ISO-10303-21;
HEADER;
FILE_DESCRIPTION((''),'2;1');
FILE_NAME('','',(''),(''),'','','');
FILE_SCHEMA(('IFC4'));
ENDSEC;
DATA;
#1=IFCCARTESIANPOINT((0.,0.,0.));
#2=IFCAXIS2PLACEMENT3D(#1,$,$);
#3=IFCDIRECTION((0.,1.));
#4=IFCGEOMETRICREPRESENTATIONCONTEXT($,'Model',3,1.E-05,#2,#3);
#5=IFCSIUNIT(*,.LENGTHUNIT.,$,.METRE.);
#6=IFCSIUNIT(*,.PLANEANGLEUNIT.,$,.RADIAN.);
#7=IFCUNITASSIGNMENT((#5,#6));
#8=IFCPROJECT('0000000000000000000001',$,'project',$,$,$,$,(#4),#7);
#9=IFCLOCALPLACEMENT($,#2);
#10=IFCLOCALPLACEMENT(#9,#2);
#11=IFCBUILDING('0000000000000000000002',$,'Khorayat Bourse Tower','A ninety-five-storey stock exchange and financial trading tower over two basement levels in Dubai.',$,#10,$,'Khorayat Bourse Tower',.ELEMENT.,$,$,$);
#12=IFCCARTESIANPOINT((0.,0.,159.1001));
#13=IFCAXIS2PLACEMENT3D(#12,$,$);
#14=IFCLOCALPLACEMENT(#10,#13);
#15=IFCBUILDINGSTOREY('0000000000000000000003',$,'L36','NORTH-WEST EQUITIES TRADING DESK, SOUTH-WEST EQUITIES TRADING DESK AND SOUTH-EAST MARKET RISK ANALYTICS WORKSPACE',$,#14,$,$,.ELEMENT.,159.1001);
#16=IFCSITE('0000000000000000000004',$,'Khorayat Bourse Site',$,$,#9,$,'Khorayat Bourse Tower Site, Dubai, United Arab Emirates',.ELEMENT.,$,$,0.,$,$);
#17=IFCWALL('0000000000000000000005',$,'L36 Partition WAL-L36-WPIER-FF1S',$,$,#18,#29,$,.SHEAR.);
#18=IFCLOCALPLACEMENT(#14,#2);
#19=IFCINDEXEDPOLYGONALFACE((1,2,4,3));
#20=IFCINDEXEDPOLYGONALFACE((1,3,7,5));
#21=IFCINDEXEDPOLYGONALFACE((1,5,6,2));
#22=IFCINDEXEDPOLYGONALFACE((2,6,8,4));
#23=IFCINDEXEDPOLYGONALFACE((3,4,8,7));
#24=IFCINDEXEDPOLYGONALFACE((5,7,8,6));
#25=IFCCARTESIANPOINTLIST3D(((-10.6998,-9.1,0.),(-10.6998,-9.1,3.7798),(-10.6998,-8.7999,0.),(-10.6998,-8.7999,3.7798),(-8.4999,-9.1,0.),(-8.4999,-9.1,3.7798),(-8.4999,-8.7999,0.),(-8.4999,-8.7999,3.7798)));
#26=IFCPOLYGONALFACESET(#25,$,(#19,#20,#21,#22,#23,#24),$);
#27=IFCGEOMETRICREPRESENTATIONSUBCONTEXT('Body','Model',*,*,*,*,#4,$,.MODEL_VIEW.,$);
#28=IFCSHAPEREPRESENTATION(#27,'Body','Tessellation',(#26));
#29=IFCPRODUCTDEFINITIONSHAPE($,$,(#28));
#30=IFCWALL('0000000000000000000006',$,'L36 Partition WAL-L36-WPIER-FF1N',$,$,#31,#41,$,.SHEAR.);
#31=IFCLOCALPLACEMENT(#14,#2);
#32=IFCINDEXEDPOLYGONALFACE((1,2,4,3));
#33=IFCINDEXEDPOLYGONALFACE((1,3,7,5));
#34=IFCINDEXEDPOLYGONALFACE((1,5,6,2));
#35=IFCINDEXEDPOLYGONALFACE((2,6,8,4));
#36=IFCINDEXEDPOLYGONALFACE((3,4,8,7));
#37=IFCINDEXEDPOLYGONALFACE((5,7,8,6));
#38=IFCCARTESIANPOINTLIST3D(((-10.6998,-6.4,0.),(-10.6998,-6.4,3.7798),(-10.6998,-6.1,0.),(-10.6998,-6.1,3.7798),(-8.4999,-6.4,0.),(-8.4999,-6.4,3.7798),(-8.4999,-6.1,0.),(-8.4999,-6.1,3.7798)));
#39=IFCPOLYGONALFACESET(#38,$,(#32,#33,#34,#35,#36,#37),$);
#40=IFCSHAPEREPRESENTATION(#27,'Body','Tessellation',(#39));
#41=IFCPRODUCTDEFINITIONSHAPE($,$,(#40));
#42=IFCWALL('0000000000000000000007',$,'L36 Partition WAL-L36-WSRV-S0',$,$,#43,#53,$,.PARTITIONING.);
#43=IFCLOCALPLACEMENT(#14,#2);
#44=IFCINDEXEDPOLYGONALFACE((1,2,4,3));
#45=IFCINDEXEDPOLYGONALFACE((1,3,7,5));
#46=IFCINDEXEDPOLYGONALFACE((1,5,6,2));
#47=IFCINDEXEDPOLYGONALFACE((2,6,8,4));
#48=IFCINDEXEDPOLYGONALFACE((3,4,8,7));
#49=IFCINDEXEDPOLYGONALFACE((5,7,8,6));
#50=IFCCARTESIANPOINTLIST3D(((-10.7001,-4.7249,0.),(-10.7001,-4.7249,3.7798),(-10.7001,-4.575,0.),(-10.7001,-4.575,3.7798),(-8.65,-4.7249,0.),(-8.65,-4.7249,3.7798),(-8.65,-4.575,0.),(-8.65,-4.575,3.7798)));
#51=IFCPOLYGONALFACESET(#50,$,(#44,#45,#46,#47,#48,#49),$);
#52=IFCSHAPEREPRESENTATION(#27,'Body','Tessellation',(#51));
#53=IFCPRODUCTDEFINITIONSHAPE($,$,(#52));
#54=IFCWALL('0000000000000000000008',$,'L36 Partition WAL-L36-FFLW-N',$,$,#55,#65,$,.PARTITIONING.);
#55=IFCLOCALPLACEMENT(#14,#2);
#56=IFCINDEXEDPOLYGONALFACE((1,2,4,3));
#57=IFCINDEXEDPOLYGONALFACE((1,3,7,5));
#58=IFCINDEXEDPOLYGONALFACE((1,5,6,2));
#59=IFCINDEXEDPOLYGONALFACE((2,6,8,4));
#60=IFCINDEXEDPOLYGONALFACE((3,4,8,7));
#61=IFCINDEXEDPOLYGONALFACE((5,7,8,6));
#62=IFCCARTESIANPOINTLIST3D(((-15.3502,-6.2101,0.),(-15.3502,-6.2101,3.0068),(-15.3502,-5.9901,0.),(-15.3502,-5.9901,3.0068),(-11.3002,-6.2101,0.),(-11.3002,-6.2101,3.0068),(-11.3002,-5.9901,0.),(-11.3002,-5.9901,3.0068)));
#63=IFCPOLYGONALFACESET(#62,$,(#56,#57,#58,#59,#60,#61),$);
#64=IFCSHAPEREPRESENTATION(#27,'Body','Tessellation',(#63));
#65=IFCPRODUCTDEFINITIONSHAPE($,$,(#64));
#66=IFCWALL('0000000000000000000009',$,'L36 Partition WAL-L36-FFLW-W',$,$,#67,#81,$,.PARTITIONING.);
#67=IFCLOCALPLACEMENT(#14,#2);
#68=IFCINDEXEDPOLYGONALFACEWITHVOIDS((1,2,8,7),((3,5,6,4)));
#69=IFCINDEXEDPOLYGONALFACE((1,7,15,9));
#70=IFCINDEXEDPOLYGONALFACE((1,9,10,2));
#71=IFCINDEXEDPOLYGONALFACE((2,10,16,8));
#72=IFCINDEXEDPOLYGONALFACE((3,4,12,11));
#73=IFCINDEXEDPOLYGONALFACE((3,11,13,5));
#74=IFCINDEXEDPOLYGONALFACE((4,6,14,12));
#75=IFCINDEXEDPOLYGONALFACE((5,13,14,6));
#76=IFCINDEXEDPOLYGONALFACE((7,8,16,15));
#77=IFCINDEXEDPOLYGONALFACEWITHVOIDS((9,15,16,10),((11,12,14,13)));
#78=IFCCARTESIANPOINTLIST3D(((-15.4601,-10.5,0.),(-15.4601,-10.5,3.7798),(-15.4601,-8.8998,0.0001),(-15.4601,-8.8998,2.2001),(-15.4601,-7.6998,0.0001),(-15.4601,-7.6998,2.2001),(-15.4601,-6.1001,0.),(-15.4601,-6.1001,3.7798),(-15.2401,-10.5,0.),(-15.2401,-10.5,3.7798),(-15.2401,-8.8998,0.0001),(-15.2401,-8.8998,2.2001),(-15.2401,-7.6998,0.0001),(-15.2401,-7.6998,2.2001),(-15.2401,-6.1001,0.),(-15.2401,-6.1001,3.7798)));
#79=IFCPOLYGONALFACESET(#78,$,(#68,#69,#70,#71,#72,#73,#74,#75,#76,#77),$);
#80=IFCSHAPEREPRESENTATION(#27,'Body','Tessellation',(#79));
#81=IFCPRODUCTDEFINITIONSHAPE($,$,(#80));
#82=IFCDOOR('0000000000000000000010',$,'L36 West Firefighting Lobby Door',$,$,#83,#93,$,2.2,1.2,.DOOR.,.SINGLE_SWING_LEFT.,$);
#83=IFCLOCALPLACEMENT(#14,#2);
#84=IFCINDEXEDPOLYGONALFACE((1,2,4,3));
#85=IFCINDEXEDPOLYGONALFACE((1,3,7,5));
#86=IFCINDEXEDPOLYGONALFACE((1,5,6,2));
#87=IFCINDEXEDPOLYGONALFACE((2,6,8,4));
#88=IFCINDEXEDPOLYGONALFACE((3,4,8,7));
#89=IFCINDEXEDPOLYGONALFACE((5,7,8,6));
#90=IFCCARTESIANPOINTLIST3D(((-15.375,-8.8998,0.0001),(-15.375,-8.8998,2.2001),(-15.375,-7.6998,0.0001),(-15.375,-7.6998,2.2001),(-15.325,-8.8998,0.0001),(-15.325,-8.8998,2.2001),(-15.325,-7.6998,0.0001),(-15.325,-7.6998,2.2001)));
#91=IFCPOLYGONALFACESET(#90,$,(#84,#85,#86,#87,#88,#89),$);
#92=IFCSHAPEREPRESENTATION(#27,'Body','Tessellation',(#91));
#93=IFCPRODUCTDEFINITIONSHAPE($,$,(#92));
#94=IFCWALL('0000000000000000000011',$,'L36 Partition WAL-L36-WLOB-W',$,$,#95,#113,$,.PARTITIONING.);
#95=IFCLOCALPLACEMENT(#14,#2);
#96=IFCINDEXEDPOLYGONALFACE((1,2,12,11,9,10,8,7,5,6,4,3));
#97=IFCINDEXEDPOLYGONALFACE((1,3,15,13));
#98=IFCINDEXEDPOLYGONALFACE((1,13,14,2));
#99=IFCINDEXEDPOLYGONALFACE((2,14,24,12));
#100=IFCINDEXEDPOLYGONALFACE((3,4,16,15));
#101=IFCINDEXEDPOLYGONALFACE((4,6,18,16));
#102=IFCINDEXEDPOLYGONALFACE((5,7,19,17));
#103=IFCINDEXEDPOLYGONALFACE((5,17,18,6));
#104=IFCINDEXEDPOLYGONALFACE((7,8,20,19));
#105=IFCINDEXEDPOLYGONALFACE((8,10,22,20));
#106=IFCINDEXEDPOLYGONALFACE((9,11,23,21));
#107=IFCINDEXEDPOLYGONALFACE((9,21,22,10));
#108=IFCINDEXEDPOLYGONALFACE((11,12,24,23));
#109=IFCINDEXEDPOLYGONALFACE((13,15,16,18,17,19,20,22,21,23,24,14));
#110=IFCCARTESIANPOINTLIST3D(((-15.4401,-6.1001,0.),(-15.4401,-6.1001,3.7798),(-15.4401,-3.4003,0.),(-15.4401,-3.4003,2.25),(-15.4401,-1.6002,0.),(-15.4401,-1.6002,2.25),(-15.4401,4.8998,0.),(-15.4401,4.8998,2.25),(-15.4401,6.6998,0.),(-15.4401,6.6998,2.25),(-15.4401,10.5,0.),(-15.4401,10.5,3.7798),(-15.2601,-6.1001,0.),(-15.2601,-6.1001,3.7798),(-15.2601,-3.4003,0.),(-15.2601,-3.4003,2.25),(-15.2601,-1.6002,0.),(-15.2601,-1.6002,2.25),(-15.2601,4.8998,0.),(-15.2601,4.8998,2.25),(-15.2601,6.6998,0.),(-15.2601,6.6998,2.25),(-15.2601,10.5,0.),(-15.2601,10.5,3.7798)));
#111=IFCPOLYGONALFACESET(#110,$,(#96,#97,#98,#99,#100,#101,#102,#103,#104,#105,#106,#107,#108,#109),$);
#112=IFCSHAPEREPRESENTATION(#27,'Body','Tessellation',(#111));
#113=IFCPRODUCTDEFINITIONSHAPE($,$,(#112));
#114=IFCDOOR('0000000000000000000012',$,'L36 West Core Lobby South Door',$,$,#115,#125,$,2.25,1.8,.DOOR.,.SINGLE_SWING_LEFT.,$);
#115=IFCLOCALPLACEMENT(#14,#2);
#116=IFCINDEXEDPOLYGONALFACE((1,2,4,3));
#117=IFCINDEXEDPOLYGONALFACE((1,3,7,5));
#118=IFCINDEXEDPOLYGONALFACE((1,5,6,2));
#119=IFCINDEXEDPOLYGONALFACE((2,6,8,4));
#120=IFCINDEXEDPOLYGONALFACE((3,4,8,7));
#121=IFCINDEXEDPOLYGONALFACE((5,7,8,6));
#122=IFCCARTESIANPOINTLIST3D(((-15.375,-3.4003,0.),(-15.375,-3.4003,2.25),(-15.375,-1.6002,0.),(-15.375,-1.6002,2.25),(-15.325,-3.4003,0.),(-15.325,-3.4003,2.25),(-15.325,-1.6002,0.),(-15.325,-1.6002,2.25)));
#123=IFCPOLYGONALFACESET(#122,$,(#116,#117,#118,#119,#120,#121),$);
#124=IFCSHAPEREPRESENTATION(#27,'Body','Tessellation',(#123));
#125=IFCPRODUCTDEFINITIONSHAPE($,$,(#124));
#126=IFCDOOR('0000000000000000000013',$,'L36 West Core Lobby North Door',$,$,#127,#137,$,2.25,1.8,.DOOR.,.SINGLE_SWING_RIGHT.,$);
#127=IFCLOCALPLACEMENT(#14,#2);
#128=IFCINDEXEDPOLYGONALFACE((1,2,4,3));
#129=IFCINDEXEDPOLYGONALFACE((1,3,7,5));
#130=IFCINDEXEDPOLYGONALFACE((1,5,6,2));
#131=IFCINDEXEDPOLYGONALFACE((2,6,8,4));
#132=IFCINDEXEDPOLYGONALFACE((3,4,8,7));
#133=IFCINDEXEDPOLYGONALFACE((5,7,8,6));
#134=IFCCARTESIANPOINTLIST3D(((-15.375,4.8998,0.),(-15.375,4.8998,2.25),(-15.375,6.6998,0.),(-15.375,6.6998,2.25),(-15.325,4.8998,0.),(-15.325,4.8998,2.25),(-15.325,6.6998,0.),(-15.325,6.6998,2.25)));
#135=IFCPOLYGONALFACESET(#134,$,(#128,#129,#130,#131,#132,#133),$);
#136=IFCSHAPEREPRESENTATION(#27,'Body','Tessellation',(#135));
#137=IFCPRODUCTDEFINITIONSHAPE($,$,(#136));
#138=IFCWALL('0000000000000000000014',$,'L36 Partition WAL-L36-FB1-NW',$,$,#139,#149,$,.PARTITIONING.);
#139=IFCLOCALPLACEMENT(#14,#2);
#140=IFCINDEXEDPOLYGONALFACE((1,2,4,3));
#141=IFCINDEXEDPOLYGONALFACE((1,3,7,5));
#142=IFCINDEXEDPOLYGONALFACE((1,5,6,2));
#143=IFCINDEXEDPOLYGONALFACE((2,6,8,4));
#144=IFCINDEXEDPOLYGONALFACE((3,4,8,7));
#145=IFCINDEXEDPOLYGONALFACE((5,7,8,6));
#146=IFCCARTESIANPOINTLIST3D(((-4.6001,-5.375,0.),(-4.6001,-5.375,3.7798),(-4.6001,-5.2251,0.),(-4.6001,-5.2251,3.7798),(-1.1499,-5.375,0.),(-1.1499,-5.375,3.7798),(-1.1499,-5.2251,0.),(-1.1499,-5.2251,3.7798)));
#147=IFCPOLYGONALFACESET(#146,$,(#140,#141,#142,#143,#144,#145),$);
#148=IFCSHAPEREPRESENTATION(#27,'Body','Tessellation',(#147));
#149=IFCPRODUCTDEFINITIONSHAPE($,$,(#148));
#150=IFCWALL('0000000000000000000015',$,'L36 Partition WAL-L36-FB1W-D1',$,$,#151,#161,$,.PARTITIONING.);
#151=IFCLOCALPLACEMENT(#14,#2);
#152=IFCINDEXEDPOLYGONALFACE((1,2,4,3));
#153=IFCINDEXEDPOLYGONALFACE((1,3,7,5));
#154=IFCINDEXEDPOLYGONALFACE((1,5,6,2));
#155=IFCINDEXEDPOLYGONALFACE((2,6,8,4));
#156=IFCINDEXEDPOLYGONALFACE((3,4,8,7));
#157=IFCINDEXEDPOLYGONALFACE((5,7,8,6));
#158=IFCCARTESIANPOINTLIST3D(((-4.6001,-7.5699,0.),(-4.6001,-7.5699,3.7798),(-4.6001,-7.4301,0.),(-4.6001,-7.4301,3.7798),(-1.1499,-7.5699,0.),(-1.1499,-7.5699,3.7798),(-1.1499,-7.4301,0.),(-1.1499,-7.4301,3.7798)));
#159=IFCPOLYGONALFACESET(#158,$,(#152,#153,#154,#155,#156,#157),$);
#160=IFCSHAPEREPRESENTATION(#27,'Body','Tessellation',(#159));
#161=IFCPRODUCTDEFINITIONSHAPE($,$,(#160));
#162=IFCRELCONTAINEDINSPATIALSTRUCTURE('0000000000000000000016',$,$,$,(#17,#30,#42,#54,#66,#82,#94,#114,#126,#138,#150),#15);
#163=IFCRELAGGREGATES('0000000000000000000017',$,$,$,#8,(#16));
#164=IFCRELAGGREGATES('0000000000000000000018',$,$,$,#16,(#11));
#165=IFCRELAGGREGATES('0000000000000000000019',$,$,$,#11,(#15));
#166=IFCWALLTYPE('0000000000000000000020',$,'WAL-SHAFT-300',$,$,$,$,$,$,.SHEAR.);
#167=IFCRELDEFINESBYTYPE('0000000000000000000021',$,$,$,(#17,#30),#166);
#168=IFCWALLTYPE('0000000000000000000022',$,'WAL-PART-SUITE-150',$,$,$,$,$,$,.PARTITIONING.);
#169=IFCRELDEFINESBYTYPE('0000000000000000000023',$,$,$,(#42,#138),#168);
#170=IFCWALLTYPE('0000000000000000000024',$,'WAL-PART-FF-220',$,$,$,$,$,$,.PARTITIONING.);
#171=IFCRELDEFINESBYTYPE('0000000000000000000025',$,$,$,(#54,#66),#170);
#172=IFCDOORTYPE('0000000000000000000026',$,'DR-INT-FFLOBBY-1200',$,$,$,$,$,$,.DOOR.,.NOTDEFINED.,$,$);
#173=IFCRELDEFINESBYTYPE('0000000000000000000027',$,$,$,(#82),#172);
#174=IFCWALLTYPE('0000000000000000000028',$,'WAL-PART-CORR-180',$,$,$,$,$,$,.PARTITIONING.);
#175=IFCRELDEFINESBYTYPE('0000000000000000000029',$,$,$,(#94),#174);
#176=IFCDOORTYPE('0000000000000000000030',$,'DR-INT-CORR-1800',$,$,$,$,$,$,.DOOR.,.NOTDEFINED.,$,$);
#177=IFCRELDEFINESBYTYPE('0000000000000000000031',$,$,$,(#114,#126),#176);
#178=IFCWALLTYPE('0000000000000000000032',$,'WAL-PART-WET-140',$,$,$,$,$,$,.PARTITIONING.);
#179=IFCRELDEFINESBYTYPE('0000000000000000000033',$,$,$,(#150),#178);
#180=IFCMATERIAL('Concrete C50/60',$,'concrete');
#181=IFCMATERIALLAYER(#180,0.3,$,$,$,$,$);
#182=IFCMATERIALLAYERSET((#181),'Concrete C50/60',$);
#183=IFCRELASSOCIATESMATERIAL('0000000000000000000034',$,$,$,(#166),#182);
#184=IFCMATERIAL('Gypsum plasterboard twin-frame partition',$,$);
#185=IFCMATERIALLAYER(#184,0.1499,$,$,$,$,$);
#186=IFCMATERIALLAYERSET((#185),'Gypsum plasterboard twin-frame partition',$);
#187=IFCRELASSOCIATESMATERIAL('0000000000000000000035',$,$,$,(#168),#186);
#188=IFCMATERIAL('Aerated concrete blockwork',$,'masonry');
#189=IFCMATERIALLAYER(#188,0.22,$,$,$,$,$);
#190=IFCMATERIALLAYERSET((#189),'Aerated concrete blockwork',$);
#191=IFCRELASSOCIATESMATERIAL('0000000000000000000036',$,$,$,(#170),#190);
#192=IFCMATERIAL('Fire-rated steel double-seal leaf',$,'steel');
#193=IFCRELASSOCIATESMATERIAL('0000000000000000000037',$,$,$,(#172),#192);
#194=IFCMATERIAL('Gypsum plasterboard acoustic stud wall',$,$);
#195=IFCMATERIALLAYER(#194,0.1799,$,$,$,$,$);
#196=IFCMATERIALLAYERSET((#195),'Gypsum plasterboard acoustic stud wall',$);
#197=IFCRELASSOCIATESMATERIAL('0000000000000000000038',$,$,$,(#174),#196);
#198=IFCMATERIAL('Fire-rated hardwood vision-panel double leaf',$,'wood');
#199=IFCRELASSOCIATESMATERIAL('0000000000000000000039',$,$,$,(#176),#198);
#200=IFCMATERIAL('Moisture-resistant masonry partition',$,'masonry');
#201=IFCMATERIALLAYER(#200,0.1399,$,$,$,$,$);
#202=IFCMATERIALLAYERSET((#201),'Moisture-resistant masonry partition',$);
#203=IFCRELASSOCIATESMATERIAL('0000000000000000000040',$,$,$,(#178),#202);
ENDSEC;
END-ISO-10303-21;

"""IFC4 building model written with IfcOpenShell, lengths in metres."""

from ifc_helpers import new_model, si_unit, direction, frame, frame_2d, origin, place, context, subcontext, project, spatial, rectangle, extrude, source, transform, mapped, material, layer, layer_set, type_object, element, fill, save


model = new_model("IFC4")

# Units and contexts
model_context = context("Model", 3, precision=1e-05, world=origin(), true_north=direction((0.0, 1.0)))
body_context = subcontext(model_context, "Body", "Model", "MODEL_VIEW")
ifc_project = project(units=[si_unit("LENGTHUNIT", "METRE"), si_unit("PLANEANGLEUNIT", "RADIAN")], contexts=[model_context])

# Site, building, storey
site_placement = place(None, origin())
site = spatial("IfcSite", under=ifc_project, at=site_placement, Name="Khorayat Bourse Site", LongName="Khorayat Bourse Tower Site, Dubai, United Arab Emirates", CompositionType="ELEMENT", RefElevation=0.0)
building_placement = place(site_placement, origin())
building = spatial("IfcBuilding", under=site, at=building_placement, Name="Khorayat Bourse Tower", Description="A ninety-five-storey stock exchange and financial trading tower over two basement levels in Dubai.", LongName="Khorayat Bourse Tower", CompositionType="ELEMENT")
storey_placement = place(building_placement, frame((0.0, 0.0, 159.1001)))
storey = spatial("IfcBuildingStorey", under=building, at=storey_placement, Name="L36", Description="NORTH-WEST EQUITIES TRADING DESK, SOUTH-WEST EQUITIES TRADING DESK AND SOUTH-EAST MARKET RISK ANALYTICS WORKSPACE", CompositionType="ELEMENT", Elevation=159.1001)

# Walls
ifc_material_1 = material(Name="Concrete C50/60", Category="concrete")
ifc_layer_1 = layer(ifc_material_1, 0.3)
ifc_layer_set_1 = layer_set([ifc_layer_1], Name="Concrete C50/60")
wall_type_1 = type_object("IfcWallType", Name="WAL-SHAFT-300", PredefinedType="SHEAR", material=ifc_layer_set_1)
shared_shape_1 = source(origin(), body_context, "Body", "SweptSolid", [
    extrude(rectangle(XDim=2.2, YDim=0.3, at=frame_2d((1.1001, 0.0))), origin(), (0.0, 0.0, 1.0), 3.7798),
])
for number, where, z_axis, x_axis, name in (
    (1, (-10.7, -8.95, 0.0), (0.0, 0.0, 1.0), (1.0, 0.0, 0.0), "L36 Partition WAL-L36-WPIER-FF1S"),
    (2, (-10.7, -6.25, 0.0), (0.0, 0.0, 1.0), (1.0, 0.0, 0.0), "L36 Partition WAL-L36-WPIER-FF1N"),
):
    element("IfcWall", number, at=place(storey_placement, frame(where, z_axis=z_axis, x_axis=x_axis)), inside=storey, type_object=wall_type_1, Name=name, PredefinedType="SHEAR", context=body_context, shape_type="MappedRepresentation", body=[
        mapped(shared_shape_1, transform((0.0, 0.0, 0.0), scale=1.0)),
    ])
ifc_material_2 = material(Name="Gypsum plasterboard twin-frame partition")
ifc_layer_2 = layer(ifc_material_2, 0.1499)
ifc_layer_set_2 = layer_set([ifc_layer_2], Name="Gypsum plasterboard twin-frame partition")
wall_type_2 = type_object("IfcWallType", Name="WAL-PART-SUITE-150", PredefinedType="PARTITIONING", material=ifc_layer_set_2)
shared_shape_2 = source(origin(), body_context, "Body", "SweptSolid", [
    extrude(rectangle(XDim=2.05, YDim=0.1499, at=frame_2d((1.0249, 0.0))), origin(), (0.0, 0.0, 1.0), 3.7798),
])
wall_1_placement = place(storey_placement, frame((-10.7, -4.6499, 0.0), z_axis=(0.0, 0.0, 1.0), x_axis=(1.0, 0.0, 0.0)))
element("IfcWall", 3, at=wall_1_placement, inside=storey, type_object=wall_type_2, Name="L36 Partition WAL-L36-WSRV-S0", PredefinedType="PARTITIONING", context=body_context, shape_type="MappedRepresentation", body=[
    mapped(shared_shape_2, transform((0.0, 0.0, 0.0), scale=1.0)),
])
ifc_material_3 = material(Name="Aerated concrete blockwork", Category="masonry")
ifc_layer_3 = layer(ifc_material_3, 0.22)
ifc_layer_set_3 = layer_set([ifc_layer_3], Name="Aerated concrete blockwork")
wall_type_3 = type_object("IfcWallType", Name="WAL-PART-FF-220", PredefinedType="PARTITIONING", material=ifc_layer_set_3)
shared_shape_3 = source(origin(), body_context, "Body", "SweptSolid", [
    extrude(rectangle(XDim=4.05, YDim=0.22, at=frame_2d((2.0249, 0.0))), origin(), (0.0, 0.0, 1.0), 3.0068),
])
wall_2_placement = place(storey_placement, frame((-15.3501, -6.1001, 0.0), z_axis=(0.0, 0.0, 1.0), x_axis=(1.0, 0.0, 0.0)))
element("IfcWall", 4, at=wall_2_placement, inside=storey, type_object=wall_type_3, Name="L36 Partition WAL-L36-FFLW-N", PredefinedType="PARTITIONING", context=body_context, shape_type="MappedRepresentation", body=[
    mapped(shared_shape_3, transform((0.0, 0.0, 0.0), scale=1.0)),
])

# Wall, opening, door
shared_shape_4 = source(origin(), body_context, "Body", "SweptSolid", [
    extrude(rectangle(XDim=4.3999, YDim=0.22, at=frame_2d((2.2, 0.0))), origin(), (0.0, 0.0, 1.0), 3.7798),
])
wall_3_placement = place(storey_placement, frame((-15.3501, -10.5, 0.0), z_axis=(0.0, 0.0, 1.0), x_axis=(0.0, 1.0, 0.0)))
wall_3 = element("IfcWall", 5, at=wall_3_placement, inside=storey, type_object=wall_type_3, Name="L36 Partition WAL-L36-FFLW-W", PredefinedType="PARTITIONING", context=body_context, shape_type="MappedRepresentation", body=[
    mapped(shared_shape_4, transform((0.0, 0.0, 0.0), scale=1.0)),
])
shared_shape_5 = source(origin(), body_context, "Body", "SweptSolid", [
    extrude(rectangle(XDim=1.2, YDim=2.2, at=frame_2d((0.6001, 1.1001))), frame((0.0, 0.1199, 0.0), z_axis=(0.0, -1.0, 0.0), x_axis=(1.0, 0.0, 0.0)), (0.0, 0.0, 1.0), 0.24),
])
opening_1_placement = place(wall_3_placement, frame((1.6001, 0.0, 0.0)))
opening_1 = element("IfcOpeningElement", 6, at=opening_1_placement, cuts=wall_3, PredefinedType="OPENING", context=body_context, shape_type="MappedRepresentation", body=[
    mapped(shared_shape_5, transform((0.0, 0.0, 0.0), scale=1.0)),
])
ifc_material_4 = material(Name="Fire-rated steel double-seal leaf", Category="steel")
door_type_1 = type_object("IfcDoorType", Name="DR-INT-FFLOBBY-1200", OperationType="NOTDEFINED", PredefinedType="DOOR", material=ifc_material_4)
shared_shape_6 = source(origin(), body_context, "Body", "SweptSolid", [
    extrude(rectangle(XDim=1.2, YDim=2.2, at=frame_2d((0.6001, 1.1001))), frame((0.0, 0.0249, 0.0), z_axis=(0.0, -1.0, 0.0), x_axis=(1.0, 0.0, 0.0)), (0.0, 0.0, 1.0), 0.05),
])
door_1_placement = place(opening_1_placement, origin())
door_1 = element("IfcDoor", 7, at=door_1_placement, inside=storey, type_object=door_type_1, Name="L36 West Firefighting Lobby Door", OperationType="SINGLE_SWING_LEFT", OverallHeight=2.2, OverallWidth=1.2, PredefinedType="DOOR", context=body_context, shape_type="MappedRepresentation", body=[
    mapped(shared_shape_6, transform((0.0, 0.0, 0.0), scale=1.0)),
])
fill(opening_1, door_1)

# Wall, openings, doors
ifc_material_5 = material(Name="Gypsum plasterboard acoustic stud wall")
ifc_layer_4 = layer(ifc_material_5, 0.1799)
ifc_layer_set_4 = layer_set([ifc_layer_4], Name="Gypsum plasterboard acoustic stud wall")
wall_type_4 = type_object("IfcWallType", Name="WAL-PART-CORR-180", PredefinedType="PARTITIONING", material=ifc_layer_set_4)
shared_shape_7 = source(origin(), body_context, "Body", "SweptSolid", [
    extrude(rectangle(XDim=16.6001, YDim=0.1799, at=frame_2d((8.3, 0.0))), origin(), (0.0, 0.0, 1.0), 3.7798),
])
wall_4_placement = place(storey_placement, frame((-15.3501, -6.1001, 0.0), z_axis=(0.0, 0.0, 1.0), x_axis=(0.0, 1.0, 0.0)))
wall_4 = element("IfcWall", 8, at=wall_4_placement, inside=storey, type_object=wall_type_4, Name="L36 Partition WAL-L36-WLOB-W", PredefinedType="PARTITIONING", context=body_context, shape_type="MappedRepresentation", body=[
    mapped(shared_shape_7, transform((0.0, 0.0, 0.0), scale=1.0)),
])
shared_shape_8 = source(origin(), body_context, "Body", "SweptSolid", [
    extrude(rectangle(XDim=1.8, YDim=2.25, at=frame_2d((0.8999, 1.125))), frame((0.0, 0.0999, 0.0), z_axis=(0.0, -1.0, 0.0), x_axis=(1.0, 0.0, 0.0)), (0.0, 0.0, 1.0), 0.2),
])
opening_2_placement = place(wall_4_placement, frame((2.7, 0.0, 0.0)))
opening_2 = element("IfcOpeningElement", 9, at=opening_2_placement, cuts=wall_4, PredefinedType="OPENING", context=body_context, shape_type="MappedRepresentation", body=[
    mapped(shared_shape_8, transform((0.0, 0.0, 0.0), scale=1.0)),
])
opening_3_placement = place(wall_4_placement, frame((11.0, 0.0, 0.0)))
opening_3 = element("IfcOpeningElement", 10, at=opening_3_placement, cuts=wall_4, PredefinedType="OPENING", context=body_context, shape_type="MappedRepresentation", body=[
    mapped(shared_shape_8, transform((0.0, 0.0, 0.0), scale=1.0)),
])
ifc_material_6 = material(Name="Fire-rated hardwood vision-panel double leaf", Category="wood")
door_type_2 = type_object("IfcDoorType", Name="DR-INT-CORR-1800", OperationType="NOTDEFINED", PredefinedType="DOOR", material=ifc_material_6)
shared_shape_9 = source(origin(), body_context, "Body", "SweptSolid", [
    extrude(rectangle(XDim=1.8, YDim=2.25, at=frame_2d((0.8999, 1.125))), frame((0.0, 0.0249, 0.0), z_axis=(0.0, -1.0, 0.0), x_axis=(1.0, 0.0, 0.0)), (0.0, 0.0, 1.0), 0.05),
])
door_2_placement = place(opening_2_placement, origin())
door_2 = element("IfcDoor", 11, at=door_2_placement, inside=storey, type_object=door_type_2, Name="L36 West Core Lobby South Door", OperationType="SINGLE_SWING_LEFT", OverallHeight=2.25, OverallWidth=1.8, PredefinedType="DOOR", context=body_context, shape_type="MappedRepresentation", body=[
    mapped(shared_shape_9, transform((0.0, 0.0, 0.0), scale=1.0)),
])
fill(opening_2, door_2)
door_3_placement = place(opening_3_placement, origin())
door_3 = element("IfcDoor", 12, at=door_3_placement, inside=storey, type_object=door_type_2, Name="L36 West Core Lobby North Door", OperationType="SINGLE_SWING_RIGHT", OverallHeight=2.25, OverallWidth=1.8, PredefinedType="DOOR", context=body_context, shape_type="MappedRepresentation", body=[
    mapped(shared_shape_9, transform((0.0, 0.0, 0.0), scale=1.0)),
])
fill(opening_3, door_3)

# Walls
shared_shape_10 = source(origin(), body_context, "Body", "SweptSolid", [
    extrude(rectangle(XDim=3.4502, YDim=0.1499, at=frame_2d((1.7251, 0.0))), origin(), (0.0, 0.0, 1.0), 3.7798),
])
wall_5_placement = place(storey_placement, frame((-4.6001, -5.3, 0.0), z_axis=(0.0, 0.0, 1.0), x_axis=(1.0, 0.0, 0.0)))
element("IfcWall", 13, at=wall_5_placement, inside=storey, type_object=wall_type_2, Name="L36 Partition WAL-L36-FB1-NW", PredefinedType="PARTITIONING", context=body_context, shape_type="MappedRepresentation", body=[
    mapped(shared_shape_10, transform((0.0, 0.0, 0.0), scale=1.0)),
])
ifc_material_7 = material(Name="Moisture-resistant masonry partition", Category="masonry")
ifc_layer_5 = layer(ifc_material_7, 0.1399)
ifc_layer_set_5 = layer_set([ifc_layer_5], Name="Moisture-resistant masonry partition")
wall_type_5 = type_object("IfcWallType", Name="WAL-PART-WET-140", PredefinedType="PARTITIONING", material=ifc_layer_set_5)
shared_shape_11 = source(origin(), body_context, "Body", "SweptSolid", [
    extrude(rectangle(XDim=3.4502, YDim=0.1399, at=frame_2d((1.7251, 0.0))), origin(), (0.0, 0.0, 1.0), 3.7798),
])
wall_6_placement = place(storey_placement, frame((-4.6001, -7.5, 0.0), z_axis=(0.0, 0.0, 1.0), x_axis=(1.0, 0.0, 0.0)))
element("IfcWall", 14, at=wall_6_placement, inside=storey, type_object=wall_type_5, Name="L36 Partition WAL-L36-FB1W-D1", PredefinedType="PARTITIONING", context=body_context, shape_type="MappedRepresentation", body=[
    mapped(shared_shape_11, transform((0.0, 0.0, 0.0), scale=1.0)),
])

save(model, "model.ifc")
